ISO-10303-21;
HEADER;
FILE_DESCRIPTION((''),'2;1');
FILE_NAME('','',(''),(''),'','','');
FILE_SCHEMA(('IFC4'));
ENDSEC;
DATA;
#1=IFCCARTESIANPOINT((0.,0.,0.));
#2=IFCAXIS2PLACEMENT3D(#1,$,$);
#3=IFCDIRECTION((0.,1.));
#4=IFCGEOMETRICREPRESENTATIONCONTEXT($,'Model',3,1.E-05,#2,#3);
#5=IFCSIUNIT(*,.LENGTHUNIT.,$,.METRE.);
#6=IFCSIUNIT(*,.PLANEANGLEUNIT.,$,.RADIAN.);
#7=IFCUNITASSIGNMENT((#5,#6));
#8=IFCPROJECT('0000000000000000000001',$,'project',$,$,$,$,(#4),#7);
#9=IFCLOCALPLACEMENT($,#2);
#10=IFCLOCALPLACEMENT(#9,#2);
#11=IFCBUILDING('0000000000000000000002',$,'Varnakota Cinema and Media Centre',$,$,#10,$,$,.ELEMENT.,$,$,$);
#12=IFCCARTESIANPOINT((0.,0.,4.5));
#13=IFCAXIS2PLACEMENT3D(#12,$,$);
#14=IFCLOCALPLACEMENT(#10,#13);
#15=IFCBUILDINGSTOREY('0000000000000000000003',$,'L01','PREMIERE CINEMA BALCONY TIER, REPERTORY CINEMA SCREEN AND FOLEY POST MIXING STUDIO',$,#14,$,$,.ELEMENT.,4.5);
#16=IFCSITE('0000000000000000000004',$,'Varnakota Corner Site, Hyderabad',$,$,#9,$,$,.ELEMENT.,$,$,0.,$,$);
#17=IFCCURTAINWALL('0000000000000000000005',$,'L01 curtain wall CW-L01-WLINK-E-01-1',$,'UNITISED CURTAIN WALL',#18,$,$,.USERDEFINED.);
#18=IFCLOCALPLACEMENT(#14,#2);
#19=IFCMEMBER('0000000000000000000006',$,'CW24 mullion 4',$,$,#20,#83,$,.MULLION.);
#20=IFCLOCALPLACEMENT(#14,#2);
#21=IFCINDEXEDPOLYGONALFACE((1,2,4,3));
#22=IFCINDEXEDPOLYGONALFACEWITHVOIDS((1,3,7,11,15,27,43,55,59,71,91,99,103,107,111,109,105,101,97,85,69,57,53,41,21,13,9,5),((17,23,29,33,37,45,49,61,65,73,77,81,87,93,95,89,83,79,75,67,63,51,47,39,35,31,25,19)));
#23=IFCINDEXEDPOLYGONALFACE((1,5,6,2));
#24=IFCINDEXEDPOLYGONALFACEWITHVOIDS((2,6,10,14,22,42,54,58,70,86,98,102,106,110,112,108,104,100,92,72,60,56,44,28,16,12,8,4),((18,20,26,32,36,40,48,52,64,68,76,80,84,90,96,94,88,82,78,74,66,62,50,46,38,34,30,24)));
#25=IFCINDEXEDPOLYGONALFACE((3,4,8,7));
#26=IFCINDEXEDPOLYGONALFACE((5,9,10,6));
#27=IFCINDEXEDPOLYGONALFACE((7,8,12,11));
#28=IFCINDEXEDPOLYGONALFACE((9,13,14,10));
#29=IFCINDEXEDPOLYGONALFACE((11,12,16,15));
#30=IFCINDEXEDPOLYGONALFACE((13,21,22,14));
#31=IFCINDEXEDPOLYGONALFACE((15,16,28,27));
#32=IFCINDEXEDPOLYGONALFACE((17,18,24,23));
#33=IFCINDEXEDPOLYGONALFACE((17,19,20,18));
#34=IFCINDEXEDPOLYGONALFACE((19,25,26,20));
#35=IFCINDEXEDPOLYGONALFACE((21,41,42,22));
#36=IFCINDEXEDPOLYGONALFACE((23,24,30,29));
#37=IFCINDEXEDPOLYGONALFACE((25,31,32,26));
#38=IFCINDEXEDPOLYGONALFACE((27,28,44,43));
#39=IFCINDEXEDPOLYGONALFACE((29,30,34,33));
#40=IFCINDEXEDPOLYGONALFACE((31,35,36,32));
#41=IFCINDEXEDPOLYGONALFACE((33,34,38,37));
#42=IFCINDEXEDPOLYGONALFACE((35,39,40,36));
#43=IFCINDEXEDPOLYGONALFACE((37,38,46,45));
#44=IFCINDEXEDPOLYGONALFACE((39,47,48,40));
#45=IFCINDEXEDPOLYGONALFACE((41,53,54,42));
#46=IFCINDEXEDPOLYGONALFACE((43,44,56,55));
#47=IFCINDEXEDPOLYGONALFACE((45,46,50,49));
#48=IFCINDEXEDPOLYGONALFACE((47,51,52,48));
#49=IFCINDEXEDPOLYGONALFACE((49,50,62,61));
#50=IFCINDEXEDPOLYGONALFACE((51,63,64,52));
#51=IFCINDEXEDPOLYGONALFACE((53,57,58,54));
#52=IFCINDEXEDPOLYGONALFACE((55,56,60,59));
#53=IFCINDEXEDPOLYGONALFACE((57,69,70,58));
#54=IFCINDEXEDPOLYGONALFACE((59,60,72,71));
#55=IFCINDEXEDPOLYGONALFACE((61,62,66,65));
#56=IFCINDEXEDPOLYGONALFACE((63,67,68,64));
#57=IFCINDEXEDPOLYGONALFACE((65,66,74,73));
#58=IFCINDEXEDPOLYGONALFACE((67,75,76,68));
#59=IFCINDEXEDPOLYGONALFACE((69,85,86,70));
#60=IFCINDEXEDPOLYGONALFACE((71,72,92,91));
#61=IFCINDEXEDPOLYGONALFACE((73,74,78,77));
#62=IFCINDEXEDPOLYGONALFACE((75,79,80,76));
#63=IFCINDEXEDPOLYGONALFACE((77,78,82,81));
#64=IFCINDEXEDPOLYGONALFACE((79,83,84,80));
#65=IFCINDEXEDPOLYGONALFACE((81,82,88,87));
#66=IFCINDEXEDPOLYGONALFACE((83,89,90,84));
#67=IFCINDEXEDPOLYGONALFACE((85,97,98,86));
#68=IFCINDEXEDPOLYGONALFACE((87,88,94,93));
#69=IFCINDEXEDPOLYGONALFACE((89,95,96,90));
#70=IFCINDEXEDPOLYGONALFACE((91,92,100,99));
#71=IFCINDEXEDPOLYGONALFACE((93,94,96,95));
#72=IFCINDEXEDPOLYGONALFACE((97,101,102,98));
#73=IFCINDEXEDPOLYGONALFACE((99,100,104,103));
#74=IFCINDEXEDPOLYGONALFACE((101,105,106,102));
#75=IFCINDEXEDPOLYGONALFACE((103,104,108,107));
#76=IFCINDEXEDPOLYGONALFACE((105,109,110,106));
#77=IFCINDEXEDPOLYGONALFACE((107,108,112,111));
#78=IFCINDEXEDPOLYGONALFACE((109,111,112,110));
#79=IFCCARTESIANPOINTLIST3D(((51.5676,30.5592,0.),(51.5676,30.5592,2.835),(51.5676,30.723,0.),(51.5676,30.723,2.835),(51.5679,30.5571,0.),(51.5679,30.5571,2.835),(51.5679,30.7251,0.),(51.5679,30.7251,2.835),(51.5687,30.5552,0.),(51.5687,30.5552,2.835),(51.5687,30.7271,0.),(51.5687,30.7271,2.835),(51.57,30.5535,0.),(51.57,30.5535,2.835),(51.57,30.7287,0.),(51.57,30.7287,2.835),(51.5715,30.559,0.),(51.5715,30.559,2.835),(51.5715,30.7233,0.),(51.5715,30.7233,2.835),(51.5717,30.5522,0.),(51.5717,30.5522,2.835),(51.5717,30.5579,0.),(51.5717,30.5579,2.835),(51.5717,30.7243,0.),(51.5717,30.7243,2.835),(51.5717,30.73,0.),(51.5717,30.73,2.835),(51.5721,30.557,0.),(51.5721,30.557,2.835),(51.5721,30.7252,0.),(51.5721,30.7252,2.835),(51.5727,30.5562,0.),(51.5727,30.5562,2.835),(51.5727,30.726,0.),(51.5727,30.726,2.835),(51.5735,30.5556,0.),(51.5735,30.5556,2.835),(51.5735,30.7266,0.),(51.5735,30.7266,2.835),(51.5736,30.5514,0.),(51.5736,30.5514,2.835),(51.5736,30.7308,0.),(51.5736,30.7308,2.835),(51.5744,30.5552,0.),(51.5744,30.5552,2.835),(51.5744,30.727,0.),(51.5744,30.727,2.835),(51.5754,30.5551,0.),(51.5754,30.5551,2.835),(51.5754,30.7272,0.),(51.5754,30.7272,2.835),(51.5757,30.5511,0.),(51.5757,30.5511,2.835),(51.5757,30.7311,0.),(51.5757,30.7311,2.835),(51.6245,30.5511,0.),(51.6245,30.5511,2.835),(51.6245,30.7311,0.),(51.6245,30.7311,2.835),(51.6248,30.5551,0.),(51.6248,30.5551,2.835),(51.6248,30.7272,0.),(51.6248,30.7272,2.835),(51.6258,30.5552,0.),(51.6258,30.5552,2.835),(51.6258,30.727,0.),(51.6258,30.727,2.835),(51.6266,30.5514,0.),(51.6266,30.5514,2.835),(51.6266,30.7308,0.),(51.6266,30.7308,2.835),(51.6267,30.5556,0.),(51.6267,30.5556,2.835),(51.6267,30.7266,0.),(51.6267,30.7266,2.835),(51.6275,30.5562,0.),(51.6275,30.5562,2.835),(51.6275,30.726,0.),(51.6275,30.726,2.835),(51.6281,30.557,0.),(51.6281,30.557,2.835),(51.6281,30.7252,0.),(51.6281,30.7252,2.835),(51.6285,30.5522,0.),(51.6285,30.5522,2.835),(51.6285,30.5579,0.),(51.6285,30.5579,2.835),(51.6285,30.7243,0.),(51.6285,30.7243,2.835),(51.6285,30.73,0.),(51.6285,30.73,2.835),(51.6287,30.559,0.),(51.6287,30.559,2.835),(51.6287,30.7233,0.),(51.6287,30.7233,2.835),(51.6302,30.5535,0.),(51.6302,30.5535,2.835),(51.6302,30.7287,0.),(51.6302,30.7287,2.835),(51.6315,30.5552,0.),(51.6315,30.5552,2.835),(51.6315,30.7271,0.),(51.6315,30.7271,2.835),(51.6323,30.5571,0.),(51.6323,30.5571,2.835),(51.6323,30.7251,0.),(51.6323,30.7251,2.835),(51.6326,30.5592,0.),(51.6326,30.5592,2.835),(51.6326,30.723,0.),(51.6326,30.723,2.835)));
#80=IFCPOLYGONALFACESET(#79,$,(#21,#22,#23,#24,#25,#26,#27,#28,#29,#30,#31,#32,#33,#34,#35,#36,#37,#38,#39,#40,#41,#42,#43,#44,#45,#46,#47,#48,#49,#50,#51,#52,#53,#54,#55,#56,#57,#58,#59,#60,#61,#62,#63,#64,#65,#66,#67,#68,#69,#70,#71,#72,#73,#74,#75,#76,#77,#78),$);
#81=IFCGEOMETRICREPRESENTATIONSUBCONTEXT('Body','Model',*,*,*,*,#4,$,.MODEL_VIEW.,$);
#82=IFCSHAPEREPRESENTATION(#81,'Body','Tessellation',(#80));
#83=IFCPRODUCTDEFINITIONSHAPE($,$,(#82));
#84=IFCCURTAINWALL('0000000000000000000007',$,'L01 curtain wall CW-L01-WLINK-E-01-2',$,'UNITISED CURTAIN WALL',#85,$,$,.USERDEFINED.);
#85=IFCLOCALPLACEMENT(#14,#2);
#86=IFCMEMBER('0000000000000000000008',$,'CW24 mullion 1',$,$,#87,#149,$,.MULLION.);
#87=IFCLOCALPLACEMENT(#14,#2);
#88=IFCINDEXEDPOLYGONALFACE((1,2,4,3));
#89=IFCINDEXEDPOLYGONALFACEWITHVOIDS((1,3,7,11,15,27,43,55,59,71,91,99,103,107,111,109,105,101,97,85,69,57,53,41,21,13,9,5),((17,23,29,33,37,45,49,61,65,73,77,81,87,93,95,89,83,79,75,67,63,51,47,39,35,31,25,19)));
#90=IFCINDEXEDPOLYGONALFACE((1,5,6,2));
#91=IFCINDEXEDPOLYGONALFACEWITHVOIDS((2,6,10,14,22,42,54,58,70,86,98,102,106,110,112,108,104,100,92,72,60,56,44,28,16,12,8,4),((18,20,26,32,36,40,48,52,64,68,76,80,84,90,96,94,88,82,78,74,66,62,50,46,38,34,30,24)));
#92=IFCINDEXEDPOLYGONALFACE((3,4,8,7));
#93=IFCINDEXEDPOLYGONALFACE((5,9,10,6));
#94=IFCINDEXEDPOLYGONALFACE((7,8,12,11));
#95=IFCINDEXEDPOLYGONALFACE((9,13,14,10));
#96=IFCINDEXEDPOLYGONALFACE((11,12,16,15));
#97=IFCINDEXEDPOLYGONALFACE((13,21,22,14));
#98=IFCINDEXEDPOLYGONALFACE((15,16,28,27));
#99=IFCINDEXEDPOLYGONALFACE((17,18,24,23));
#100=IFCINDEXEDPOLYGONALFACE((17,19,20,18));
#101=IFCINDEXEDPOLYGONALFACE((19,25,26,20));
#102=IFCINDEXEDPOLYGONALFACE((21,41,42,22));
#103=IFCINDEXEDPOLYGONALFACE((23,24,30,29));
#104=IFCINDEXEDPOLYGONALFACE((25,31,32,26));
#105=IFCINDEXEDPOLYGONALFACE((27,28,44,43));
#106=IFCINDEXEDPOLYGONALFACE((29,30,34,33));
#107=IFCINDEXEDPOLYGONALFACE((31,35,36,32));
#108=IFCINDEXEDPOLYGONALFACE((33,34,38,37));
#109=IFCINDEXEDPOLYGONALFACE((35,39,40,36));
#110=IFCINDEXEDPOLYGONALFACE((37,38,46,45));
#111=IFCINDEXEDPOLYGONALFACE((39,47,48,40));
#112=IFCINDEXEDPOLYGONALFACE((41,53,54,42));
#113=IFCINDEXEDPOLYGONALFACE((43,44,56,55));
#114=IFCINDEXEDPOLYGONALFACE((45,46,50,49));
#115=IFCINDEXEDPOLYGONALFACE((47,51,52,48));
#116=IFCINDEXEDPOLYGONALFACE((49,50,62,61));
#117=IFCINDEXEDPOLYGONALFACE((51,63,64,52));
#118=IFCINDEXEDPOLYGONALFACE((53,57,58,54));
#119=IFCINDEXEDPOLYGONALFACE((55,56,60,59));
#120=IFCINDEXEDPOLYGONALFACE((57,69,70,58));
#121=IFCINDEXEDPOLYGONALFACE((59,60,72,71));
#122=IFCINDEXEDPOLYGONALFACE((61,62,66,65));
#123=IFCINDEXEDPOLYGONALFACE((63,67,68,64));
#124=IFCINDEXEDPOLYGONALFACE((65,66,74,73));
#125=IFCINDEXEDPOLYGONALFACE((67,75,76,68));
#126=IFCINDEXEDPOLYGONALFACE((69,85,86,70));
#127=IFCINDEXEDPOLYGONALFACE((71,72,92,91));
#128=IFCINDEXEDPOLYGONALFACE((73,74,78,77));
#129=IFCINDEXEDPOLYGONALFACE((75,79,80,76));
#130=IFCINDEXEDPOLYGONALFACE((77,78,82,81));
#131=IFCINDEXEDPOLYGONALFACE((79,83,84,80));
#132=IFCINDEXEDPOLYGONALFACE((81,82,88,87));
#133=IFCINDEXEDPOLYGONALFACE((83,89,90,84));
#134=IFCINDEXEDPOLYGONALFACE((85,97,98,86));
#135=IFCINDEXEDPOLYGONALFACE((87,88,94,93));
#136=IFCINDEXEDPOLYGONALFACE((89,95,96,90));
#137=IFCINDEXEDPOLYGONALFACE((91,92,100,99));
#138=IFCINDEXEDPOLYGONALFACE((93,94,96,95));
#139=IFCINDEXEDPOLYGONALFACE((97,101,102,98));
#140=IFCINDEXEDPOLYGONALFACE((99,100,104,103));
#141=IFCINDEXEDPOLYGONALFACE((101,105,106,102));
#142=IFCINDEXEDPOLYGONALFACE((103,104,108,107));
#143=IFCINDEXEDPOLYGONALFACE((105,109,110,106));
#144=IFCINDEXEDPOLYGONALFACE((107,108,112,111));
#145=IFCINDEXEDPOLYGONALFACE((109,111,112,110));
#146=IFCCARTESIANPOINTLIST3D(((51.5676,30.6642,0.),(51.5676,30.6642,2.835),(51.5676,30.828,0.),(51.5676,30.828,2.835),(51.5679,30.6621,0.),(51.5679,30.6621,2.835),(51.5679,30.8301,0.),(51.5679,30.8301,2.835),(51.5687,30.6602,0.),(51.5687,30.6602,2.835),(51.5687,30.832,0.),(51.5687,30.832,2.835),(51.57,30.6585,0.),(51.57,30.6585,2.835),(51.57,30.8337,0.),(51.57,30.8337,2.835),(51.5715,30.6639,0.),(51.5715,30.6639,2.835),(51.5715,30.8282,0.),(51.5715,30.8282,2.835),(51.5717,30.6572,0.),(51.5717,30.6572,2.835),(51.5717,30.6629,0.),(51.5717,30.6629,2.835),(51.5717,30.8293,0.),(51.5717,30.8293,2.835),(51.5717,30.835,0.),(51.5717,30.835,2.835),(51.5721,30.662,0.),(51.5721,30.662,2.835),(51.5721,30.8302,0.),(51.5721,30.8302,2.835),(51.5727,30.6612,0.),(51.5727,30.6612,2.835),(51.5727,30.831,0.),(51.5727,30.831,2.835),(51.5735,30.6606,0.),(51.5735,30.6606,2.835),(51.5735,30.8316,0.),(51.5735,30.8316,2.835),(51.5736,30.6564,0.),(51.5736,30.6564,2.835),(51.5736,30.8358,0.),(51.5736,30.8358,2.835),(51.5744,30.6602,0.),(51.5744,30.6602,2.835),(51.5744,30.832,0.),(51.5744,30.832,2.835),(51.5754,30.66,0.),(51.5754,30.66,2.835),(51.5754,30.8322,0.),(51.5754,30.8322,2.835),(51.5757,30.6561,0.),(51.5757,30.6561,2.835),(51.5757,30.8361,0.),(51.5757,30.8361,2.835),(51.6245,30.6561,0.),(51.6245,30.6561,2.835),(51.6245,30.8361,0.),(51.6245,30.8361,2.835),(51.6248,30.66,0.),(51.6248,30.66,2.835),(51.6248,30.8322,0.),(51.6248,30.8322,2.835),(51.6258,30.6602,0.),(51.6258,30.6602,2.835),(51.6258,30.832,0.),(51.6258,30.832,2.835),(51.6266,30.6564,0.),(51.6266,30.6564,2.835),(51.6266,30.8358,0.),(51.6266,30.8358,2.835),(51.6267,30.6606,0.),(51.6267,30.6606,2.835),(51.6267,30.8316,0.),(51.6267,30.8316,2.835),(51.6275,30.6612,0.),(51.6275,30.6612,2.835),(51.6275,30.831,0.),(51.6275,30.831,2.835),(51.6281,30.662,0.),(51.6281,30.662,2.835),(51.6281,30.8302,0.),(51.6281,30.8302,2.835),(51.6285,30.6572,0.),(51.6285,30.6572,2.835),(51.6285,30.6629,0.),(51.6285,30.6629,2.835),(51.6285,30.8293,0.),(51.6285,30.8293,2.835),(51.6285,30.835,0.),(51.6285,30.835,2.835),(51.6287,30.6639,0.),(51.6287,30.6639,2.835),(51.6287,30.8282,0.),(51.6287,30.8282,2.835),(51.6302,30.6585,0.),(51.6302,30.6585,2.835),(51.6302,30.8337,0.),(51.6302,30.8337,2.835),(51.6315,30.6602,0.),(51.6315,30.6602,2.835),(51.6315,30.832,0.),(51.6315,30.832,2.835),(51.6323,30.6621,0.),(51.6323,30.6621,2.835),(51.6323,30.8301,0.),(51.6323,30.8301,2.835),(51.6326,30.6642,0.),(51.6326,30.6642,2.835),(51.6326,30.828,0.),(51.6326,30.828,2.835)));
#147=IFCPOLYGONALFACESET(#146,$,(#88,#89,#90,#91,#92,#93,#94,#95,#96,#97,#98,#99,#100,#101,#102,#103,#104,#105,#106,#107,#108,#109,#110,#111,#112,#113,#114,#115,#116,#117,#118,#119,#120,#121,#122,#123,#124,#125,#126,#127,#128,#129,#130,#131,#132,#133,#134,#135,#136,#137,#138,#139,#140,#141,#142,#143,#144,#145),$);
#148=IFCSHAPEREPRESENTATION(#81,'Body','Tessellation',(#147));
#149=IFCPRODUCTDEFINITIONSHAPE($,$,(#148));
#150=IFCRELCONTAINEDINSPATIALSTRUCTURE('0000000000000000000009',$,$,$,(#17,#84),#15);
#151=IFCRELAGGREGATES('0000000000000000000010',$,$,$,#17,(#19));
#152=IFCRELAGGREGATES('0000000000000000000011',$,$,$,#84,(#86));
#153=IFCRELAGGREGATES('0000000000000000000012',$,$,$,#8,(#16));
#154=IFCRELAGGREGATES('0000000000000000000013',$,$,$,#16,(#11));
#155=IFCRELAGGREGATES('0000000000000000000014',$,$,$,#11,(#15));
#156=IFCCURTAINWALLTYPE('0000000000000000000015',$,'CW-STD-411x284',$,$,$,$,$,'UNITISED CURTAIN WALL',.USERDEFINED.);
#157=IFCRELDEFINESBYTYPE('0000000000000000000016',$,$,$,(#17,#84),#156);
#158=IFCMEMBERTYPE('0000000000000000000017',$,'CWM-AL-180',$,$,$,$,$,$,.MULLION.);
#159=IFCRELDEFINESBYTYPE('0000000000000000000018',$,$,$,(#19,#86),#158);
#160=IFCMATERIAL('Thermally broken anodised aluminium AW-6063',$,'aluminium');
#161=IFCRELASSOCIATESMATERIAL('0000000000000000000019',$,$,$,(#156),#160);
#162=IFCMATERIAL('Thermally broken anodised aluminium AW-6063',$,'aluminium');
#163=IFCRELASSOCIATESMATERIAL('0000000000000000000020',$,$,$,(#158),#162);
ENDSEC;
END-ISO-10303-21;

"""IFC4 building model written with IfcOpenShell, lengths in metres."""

from ifc_helpers import new_model, si_unit, direction, frame, origin, origin_2d, place, context, subcontext, project, spatial, hollow_rectangle, extrude, material, material_profile, profile_set, type_object, element, aggregate, save


model = new_model("IFC4")

# Units and contexts
model_context = context("Model", 3, precision=1e-05, world=origin(), true_north=direction((0.0, 1.0)))
body_context = subcontext(model_context, "Body", "Model", "MODEL_VIEW")
ifc_project = project(units=[si_unit("LENGTHUNIT", "METRE"), si_unit("PLANEANGLEUNIT", "RADIAN")], contexts=[model_context])

# Site, building, storey
site_placement = place(None, origin())
site = spatial("IfcSite", under=ifc_project, at=site_placement, Name="Varnakota Corner Site, Hyderabad", CompositionType="ELEMENT", RefElevation=0.0)
building_placement = place(site_placement, origin())
building = spatial("IfcBuilding", under=site, at=building_placement, Name="Varnakota Cinema and Media Centre", CompositionType="ELEMENT")
storey_placement = place(building_placement, frame((0.0, 0.0, 4.5)))
storey = spatial("IfcBuildingStorey", under=building, at=storey_placement, Name="L01", Description="PREMIERE CINEMA BALCONY TIER, REPERTORY CINEMA SCREEN AND FOLEY POST MIXING STUDIO", CompositionType="ELEMENT", Elevation=4.5)

# Curtain wall, member
ifc_material_1 = material(Name="Thermally broken anodised aluminium AW-6063", Category="aluminium")
curtain_wall_type = type_object("IfcCurtainWallType", Name="CW-STD-411x284", ElementType="UNITISED CURTAIN WALL", PredefinedType="USERDEFINED", material=ifc_material_1)
curtain_wall_1_placement = place(storey_placement, origin())
curtain_wall_1 = element("IfcCurtainWall", 1, at=curtain_wall_1_placement, inside=storey, type_object=curtain_wall_type, Name="L01 curtain wall CW-L01-WLINK-E-01-1", ObjectType="UNITISED CURTAIN WALL", PredefinedType="USERDEFINED")
ifc_material_2 = material(Name="Thermally broken anodised aluminium AW-6063", Category="aluminium")
ifc_material_profile_1 = material_profile(ifc_material_2, hollow_rectangle(XDim=0.0649, YDim=0.1799, WallThickness=0.0039, InnerFilletRadius=0.0039, OuterFilletRadius=0.0081, at=origin_2d()), Name="AL-MULLION 180x65x4")
ifc_profile_set_1 = profile_set([ifc_material_profile_1], Name="Thermally broken anodised aluminium AW-6063")
member_type_1 = type_object("IfcMemberType", Name="CWM-AL-180", PredefinedType="MULLION", material=ifc_profile_set_1)
member_1_placement = place(storey_placement, frame((51.6001, 30.6411, 0.0), z_axis=(0.0, 0.0, 1.0), x_axis=(-1.0, 0.0, 0.0)))
member_1 = element("IfcMember", 2, at=member_1_placement, type_object=member_type_1, Name="CW24 mullion 4", PredefinedType="MULLION", context=body_context, shape_type="SweptSolid", body=[
    extrude(hollow_rectangle(XDim=0.0649, YDim=0.1799, WallThickness=0.0039, InnerFilletRadius=0.0039, OuterFilletRadius=0.0081, at=origin_2d()), origin(), (0.0, 0.0, 1.0), 2.835),
])

# Curtain wall, member
curtain_wall_2_placement = place(storey_placement, origin())
curtain_wall_2 = element("IfcCurtainWall", 3, at=curtain_wall_2_placement, inside=storey, type_object=curtain_wall_type, Name="L01 curtain wall CW-L01-WLINK-E-01-2", ObjectType="UNITISED CURTAIN WALL", PredefinedType="USERDEFINED")
member_2_placement = place(storey_placement, frame((51.6001, 30.7461, 0.0), z_axis=(0.0, 0.0, 1.0), x_axis=(-1.0, 0.0, 0.0)))
member_2 = element("IfcMember", 4, at=member_2_placement, type_object=member_type_1, Name="CW24 mullion 1", PredefinedType="MULLION", context=body_context, shape_type="SweptSolid", body=[
    extrude(hollow_rectangle(XDim=0.0649, YDim=0.1799, WallThickness=0.0039, InnerFilletRadius=0.0039, OuterFilletRadius=0.0081, at=origin_2d()), origin(), (0.0, 0.0, 1.0), 2.835),
])

aggregate(curtain_wall_1, [member_1])
aggregate(curtain_wall_2, [member_2])

save(model, "model.ifc")
